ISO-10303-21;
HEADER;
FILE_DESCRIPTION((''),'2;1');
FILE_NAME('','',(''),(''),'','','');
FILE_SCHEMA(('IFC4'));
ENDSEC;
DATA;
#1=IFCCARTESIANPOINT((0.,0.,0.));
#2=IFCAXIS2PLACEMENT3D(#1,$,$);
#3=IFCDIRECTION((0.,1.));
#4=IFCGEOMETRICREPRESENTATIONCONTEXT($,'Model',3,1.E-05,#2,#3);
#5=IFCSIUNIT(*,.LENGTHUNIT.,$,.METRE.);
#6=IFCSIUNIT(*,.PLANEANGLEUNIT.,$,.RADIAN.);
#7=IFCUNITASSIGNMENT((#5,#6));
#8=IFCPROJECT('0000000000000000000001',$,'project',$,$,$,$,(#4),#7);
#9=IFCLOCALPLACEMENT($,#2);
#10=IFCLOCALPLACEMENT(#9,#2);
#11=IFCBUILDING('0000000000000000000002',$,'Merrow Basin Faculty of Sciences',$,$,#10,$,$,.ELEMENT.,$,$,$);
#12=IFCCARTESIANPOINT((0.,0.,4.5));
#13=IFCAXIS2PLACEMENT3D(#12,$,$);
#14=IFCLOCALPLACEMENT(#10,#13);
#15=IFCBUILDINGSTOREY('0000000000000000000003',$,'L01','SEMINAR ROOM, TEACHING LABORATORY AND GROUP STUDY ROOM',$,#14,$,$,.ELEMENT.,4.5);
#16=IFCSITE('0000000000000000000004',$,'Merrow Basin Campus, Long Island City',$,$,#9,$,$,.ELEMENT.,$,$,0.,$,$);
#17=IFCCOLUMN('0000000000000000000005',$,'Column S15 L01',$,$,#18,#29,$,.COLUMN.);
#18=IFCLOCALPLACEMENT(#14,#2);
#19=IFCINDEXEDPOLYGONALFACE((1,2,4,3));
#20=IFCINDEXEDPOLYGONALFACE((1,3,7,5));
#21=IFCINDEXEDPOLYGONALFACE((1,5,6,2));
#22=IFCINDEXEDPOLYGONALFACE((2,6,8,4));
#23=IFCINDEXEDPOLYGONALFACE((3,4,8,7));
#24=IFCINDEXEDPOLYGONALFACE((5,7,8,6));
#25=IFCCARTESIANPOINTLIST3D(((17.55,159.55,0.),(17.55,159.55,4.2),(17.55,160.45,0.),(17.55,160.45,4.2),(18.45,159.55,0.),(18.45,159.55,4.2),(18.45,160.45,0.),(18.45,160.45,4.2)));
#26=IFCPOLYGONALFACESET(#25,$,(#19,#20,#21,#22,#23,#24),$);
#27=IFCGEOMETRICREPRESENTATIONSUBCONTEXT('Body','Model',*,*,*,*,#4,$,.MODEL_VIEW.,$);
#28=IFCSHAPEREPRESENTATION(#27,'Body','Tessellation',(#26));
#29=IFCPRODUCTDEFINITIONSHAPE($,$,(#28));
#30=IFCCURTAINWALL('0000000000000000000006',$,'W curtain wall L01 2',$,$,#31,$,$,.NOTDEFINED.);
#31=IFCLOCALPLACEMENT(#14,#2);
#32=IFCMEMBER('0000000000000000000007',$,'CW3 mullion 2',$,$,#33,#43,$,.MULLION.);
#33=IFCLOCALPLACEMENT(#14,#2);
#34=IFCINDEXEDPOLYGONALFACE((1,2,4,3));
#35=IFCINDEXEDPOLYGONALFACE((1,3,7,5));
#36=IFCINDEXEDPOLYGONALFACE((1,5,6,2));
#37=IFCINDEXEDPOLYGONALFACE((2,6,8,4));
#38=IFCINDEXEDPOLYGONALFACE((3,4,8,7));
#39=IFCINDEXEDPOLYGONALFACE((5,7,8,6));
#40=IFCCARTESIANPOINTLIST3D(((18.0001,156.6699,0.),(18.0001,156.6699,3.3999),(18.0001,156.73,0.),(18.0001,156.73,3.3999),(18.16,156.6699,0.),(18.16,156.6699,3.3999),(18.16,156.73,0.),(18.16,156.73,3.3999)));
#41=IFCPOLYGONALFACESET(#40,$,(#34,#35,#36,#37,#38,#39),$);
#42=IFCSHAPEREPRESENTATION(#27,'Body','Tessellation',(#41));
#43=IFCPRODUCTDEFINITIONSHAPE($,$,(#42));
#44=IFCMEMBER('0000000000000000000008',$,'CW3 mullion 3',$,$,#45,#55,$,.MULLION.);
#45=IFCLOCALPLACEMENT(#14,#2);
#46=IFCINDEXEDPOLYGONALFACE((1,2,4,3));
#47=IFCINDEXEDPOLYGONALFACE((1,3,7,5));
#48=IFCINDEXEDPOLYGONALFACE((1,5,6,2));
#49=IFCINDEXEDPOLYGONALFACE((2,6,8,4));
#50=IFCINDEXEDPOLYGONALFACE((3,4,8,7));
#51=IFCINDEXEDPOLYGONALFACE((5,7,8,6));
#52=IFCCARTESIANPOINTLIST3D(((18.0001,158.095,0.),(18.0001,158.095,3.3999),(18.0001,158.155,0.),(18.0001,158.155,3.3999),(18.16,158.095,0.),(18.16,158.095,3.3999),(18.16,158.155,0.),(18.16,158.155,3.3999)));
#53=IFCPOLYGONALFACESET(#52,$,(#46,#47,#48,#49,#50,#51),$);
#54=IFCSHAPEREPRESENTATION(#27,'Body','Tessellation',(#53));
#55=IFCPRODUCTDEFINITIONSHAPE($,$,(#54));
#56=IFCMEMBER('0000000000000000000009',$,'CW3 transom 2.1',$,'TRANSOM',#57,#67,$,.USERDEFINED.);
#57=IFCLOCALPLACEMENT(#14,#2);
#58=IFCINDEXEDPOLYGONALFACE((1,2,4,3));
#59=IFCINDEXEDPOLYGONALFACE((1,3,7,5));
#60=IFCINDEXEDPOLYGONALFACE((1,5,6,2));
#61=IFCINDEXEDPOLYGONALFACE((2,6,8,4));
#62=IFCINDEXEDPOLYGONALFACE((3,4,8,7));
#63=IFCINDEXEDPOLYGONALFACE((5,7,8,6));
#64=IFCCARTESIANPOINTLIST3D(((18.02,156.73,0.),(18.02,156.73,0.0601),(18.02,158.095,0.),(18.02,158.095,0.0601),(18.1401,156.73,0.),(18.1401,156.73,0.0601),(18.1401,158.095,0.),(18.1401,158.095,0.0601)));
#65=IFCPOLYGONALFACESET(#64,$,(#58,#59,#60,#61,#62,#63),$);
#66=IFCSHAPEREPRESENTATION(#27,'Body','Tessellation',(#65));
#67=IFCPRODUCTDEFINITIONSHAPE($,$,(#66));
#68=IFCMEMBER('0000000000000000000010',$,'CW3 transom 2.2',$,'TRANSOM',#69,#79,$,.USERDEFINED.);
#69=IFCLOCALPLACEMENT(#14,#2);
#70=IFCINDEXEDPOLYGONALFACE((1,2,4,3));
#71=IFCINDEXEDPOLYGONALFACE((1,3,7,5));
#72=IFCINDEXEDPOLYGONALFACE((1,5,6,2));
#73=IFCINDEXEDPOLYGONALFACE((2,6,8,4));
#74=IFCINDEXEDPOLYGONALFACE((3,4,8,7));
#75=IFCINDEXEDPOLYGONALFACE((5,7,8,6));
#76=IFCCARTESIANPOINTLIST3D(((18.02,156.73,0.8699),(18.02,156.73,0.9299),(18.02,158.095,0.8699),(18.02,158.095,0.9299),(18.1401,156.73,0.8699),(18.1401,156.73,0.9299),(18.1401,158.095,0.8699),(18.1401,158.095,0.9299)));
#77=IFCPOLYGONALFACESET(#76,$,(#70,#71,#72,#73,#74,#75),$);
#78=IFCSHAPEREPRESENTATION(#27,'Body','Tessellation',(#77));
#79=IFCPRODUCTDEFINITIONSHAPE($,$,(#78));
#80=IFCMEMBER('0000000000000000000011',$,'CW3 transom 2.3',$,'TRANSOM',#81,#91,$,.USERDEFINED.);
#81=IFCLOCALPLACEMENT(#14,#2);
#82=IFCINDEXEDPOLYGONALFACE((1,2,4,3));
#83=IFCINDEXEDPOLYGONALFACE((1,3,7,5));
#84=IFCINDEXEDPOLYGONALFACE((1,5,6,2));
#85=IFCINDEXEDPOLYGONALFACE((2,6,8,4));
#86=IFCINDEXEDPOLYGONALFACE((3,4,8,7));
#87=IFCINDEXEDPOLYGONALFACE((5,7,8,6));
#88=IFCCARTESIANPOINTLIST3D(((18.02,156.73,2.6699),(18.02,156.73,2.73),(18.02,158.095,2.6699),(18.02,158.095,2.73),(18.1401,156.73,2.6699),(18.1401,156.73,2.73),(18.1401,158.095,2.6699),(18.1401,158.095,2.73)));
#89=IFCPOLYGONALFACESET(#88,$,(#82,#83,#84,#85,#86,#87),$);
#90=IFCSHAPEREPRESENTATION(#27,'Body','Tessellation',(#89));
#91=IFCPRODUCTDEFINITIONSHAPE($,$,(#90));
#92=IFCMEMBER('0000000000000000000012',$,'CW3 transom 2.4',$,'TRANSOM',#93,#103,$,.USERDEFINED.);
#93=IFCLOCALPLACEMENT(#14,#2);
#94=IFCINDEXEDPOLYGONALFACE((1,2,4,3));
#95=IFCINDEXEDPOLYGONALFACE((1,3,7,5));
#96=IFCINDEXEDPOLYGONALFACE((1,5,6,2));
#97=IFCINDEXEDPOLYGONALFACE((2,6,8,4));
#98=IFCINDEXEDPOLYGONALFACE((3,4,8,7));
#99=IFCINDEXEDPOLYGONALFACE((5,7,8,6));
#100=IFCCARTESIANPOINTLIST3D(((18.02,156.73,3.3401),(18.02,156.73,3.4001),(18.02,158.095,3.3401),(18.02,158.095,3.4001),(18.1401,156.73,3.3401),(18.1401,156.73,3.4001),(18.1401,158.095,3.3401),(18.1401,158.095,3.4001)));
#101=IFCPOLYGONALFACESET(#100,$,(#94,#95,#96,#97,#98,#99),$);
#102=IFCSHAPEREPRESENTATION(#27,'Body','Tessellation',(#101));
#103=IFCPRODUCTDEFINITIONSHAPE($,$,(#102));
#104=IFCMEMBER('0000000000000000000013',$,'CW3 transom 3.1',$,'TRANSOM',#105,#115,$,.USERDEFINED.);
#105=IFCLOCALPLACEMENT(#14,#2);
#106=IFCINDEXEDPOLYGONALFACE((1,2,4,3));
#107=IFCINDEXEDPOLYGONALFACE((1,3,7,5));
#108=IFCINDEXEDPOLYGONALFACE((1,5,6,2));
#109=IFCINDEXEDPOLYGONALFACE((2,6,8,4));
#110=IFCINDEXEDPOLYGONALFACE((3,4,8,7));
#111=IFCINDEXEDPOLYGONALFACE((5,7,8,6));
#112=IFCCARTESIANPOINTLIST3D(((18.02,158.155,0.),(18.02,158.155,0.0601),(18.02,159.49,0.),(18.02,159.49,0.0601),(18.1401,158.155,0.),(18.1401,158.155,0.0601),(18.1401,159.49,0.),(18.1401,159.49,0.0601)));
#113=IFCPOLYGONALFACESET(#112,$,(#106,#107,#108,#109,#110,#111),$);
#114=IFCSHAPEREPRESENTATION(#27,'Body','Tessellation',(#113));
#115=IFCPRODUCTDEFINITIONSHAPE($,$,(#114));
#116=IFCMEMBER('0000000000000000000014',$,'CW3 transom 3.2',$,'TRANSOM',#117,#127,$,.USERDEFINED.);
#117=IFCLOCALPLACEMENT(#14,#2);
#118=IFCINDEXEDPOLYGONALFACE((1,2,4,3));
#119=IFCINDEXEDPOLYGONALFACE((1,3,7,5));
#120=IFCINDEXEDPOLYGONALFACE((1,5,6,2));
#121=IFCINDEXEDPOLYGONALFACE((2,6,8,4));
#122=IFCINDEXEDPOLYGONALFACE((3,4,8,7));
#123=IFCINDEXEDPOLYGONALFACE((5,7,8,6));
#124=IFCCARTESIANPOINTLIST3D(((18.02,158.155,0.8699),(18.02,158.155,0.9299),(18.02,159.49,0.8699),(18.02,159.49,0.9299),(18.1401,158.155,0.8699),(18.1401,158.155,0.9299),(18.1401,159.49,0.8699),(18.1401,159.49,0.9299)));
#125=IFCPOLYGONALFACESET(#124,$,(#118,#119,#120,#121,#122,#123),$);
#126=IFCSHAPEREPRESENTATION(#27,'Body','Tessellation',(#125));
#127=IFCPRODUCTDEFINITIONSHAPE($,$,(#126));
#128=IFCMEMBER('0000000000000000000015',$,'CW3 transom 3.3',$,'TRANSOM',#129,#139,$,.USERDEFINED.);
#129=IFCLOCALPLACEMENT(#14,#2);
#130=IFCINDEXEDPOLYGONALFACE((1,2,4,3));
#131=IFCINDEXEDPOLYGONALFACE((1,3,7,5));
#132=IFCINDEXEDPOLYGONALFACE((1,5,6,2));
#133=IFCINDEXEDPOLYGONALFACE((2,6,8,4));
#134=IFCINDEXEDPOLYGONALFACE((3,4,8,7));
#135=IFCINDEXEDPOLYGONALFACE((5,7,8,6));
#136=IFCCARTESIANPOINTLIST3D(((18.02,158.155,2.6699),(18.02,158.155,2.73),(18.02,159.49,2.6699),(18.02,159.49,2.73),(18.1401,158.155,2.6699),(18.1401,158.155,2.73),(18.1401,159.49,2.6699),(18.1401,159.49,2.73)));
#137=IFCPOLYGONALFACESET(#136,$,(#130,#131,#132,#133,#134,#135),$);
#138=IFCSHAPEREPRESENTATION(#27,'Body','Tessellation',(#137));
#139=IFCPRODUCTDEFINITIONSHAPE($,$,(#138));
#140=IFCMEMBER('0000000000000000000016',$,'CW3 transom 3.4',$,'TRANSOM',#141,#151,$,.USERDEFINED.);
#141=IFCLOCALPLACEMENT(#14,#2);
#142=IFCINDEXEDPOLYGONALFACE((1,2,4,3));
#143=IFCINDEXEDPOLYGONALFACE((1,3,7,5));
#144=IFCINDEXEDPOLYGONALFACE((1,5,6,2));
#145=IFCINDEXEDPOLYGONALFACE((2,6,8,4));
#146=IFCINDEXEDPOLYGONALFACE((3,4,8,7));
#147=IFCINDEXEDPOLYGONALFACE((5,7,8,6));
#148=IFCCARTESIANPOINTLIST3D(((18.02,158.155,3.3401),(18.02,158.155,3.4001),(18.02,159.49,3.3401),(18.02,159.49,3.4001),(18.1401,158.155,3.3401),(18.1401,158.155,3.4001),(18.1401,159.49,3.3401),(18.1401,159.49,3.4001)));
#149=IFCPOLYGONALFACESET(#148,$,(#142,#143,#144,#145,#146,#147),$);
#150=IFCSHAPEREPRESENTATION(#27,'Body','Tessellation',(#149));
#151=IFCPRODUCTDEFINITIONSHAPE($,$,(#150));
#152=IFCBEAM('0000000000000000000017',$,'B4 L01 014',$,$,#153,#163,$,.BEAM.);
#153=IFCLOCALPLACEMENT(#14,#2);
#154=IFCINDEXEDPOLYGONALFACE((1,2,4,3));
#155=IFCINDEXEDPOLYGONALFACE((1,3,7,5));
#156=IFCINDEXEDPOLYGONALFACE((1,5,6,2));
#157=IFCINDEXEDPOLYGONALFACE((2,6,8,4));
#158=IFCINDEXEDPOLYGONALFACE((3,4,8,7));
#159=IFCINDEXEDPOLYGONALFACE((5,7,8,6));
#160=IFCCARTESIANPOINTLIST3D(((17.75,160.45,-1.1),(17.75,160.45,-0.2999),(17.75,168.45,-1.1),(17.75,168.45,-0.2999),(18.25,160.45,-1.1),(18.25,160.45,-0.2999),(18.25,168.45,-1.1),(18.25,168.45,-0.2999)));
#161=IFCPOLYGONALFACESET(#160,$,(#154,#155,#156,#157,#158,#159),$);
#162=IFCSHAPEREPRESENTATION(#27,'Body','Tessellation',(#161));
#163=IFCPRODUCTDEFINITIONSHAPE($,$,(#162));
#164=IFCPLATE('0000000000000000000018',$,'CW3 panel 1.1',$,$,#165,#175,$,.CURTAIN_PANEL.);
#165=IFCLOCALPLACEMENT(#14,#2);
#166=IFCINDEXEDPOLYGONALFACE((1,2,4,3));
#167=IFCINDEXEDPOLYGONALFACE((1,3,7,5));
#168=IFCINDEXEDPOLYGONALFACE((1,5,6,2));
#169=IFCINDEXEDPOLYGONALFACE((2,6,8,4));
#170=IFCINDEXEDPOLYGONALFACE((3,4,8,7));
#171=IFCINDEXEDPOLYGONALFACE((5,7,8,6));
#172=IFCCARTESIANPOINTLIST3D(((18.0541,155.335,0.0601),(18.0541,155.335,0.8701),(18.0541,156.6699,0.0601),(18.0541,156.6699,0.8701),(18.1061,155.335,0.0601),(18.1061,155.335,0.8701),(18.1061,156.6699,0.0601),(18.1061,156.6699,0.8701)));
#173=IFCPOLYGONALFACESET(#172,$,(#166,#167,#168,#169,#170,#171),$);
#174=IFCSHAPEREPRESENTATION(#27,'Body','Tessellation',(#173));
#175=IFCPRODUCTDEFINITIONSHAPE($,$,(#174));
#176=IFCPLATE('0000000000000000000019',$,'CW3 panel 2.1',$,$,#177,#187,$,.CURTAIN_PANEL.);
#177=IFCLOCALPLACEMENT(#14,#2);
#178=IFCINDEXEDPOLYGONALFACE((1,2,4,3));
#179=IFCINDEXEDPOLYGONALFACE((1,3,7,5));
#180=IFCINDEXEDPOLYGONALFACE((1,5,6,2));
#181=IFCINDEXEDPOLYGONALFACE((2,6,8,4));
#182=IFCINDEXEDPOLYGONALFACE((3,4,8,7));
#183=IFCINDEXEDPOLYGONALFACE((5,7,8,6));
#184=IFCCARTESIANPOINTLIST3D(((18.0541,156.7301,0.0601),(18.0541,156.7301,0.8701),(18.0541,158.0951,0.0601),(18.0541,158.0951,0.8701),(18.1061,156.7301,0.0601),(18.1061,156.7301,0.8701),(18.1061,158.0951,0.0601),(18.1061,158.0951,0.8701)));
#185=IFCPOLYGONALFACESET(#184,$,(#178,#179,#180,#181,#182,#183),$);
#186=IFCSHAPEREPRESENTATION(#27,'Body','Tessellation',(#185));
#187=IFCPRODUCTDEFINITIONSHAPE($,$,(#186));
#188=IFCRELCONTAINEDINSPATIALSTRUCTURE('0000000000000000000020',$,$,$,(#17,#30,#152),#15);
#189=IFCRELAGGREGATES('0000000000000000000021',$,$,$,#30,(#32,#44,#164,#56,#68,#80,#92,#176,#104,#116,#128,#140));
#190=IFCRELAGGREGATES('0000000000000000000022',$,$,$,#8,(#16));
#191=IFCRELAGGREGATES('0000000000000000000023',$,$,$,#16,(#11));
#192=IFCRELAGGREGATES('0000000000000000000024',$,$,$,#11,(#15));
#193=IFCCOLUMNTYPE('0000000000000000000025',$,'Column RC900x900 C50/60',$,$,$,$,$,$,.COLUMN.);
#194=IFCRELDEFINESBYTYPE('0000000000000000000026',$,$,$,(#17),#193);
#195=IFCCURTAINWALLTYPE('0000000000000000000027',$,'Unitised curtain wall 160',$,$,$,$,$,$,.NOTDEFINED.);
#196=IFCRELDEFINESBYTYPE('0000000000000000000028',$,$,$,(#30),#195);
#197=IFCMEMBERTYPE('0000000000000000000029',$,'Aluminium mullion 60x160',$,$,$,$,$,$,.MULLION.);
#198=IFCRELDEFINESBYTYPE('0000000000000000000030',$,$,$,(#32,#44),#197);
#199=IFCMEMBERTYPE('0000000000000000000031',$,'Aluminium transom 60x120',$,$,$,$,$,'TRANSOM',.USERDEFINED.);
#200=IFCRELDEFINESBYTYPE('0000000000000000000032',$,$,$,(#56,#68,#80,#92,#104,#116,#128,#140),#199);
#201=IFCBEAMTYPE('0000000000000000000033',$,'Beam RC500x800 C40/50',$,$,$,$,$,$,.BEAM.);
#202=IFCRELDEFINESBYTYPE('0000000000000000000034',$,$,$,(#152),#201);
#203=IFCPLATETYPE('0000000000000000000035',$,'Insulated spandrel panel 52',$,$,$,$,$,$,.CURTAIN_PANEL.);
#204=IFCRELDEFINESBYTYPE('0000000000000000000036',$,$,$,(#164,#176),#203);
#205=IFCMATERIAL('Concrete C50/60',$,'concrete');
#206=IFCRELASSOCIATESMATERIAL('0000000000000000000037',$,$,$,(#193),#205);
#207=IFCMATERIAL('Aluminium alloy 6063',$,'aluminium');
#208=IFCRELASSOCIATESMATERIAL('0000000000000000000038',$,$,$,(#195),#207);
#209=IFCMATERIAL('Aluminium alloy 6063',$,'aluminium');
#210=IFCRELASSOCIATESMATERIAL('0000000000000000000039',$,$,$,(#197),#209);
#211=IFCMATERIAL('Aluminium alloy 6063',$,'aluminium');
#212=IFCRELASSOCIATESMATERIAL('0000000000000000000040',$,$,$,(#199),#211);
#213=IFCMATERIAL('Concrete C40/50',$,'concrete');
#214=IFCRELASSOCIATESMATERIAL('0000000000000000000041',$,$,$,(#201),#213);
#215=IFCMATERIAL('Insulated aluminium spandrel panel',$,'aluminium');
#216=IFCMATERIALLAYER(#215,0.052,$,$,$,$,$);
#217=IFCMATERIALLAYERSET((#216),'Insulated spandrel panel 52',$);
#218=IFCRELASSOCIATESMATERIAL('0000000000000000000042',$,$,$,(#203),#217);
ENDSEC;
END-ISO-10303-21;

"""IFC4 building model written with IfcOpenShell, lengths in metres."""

from ifc_helpers import new_model, si_unit, direction, frame, origin, origin_2d, place, context, subcontext, project, spatial, rectangle, extrude, material, layer, layer_set, material_profile, profile_set, type_object, element, aggregate, save


model = new_model("IFC4")

# Units and contexts
model_context = context("Model", 3, precision=1e-05, world=origin(), true_north=direction((0.0, 1.0)))
body_context = subcontext(model_context, "Body", "Model", "MODEL_VIEW")
ifc_project = project(units=[si_unit("LENGTHUNIT", "METRE"), si_unit("PLANEANGLEUNIT", "RADIAN")], contexts=[model_context])

# Site, building, storey
site_placement = place(None, origin())
site = spatial("IfcSite", under=ifc_project, at=site_placement, Name="Merrow Basin Campus, Long Island City", CompositionType="ELEMENT", RefElevation=0.0)
building_placement = place(site_placement, origin())
building = spatial("IfcBuilding", under=site, at=building_placement, Name="Merrow Basin Faculty of Sciences", CompositionType="ELEMENT")
storey_placement = place(building_placement, frame((0.0, 0.0, 4.5)))
storey = spatial("IfcBuildingStorey", under=building, at=storey_placement, Name="L01", Description="SEMINAR ROOM, TEACHING LABORATORY AND GROUP STUDY ROOM", CompositionType="ELEMENT", Elevation=4.5)

# Column
ifc_material_1 = material(Name="Concrete C50/60", Category="concrete")
ifc_material_profile_1 = material_profile(ifc_material_1, rectangle(XDim=0.8999, YDim=0.8999, at=origin_2d()))
ifc_profile_set_1 = profile_set([ifc_material_profile_1], Name="Concrete C50/60")
column_type = type_object("IfcColumnType", Name="Column RC900x900 C50/60", PredefinedType="COLUMN", material=ifc_profile_set_1)
column_placement = place(storey_placement, frame((18.0, 160.0, 0.0), z_axis=(0.0, 0.0, 1.0), x_axis=(1.0, 0.0, 0.0)))
element("IfcColumn", 1, at=column_placement, inside=storey, type_object=column_type, Name="Column S15 L01", PredefinedType="COLUMN", context=body_context, shape_type="SweptSolid", body=[
    extrude(rectangle(XDim=0.8999, YDim=0.8999, at=origin_2d()), origin(), (0.0, 0.0, 1.0), 4.2),
])

# Curtain wall, members
ifc_material_2 = material(Name="Aluminium alloy 6063", Category="aluminium")
curtain_wall_type = type_object("IfcCurtainWallType", Name="Unitised curtain wall 160", PredefinedType="NOTDEFINED", material=ifc_material_2)
curtain_wall_placement = place(storey_placement, origin())
curtain_wall = element("IfcCurtainWall", 2, at=curtain_wall_placement, inside=storey, type_object=curtain_wall_type, Name="W curtain wall L01 2", PredefinedType="NOTDEFINED")
ifc_material_3 = material(Name="Aluminium alloy 6063", Category="aluminium")
ifc_material_profile_2 = material_profile(ifc_material_3, rectangle(XDim=0.1599, YDim=0.0601, at=origin_2d()))
ifc_profile_set_2 = profile_set([ifc_material_profile_2], Name="Aluminium alloy 6063")
member_type_1 = type_object("IfcMemberType", Name="Aluminium mullion 60x160", PredefinedType="MULLION", material=ifc_profile_set_2)
member_1_placement = place(storey_placement, frame((18.0801, 156.7, 0.0), z_axis=(0.0, 0.0, 1.0), x_axis=(-1.0, 0.0, 0.0)))
member_1 = element("IfcMember", 3, at=member_1_placement, type_object=member_type_1, Name="CW3 mullion 2", PredefinedType="MULLION", context=body_context, shape_type="SweptSolid", body=[
    extrude(rectangle(XDim=0.1599, YDim=0.0601, at=origin_2d()), origin(), (0.0, 0.0, 1.0), 3.3999),
])
member_2_placement = place(storey_placement, frame((18.0801, 158.125, 0.0), z_axis=(0.0, 0.0, 1.0), x_axis=(-1.0, 0.0, 0.0)))
member_2 = element("IfcMember", 4, at=member_2_placement, type_object=member_type_1, Name="CW3 mullion 3", PredefinedType="MULLION", context=body_context, shape_type="SweptSolid", body=[
    extrude(rectangle(XDim=0.1599, YDim=0.0601, at=origin_2d()), origin(), (0.0, 0.0, 1.0), 3.3999),
])
ifc_material_4 = material(Name="Aluminium alloy 6063", Category="aluminium")
ifc_material_profile_3 = material_profile(ifc_material_4, rectangle(XDim=0.1201, YDim=0.0601, at=origin_2d()))
ifc_profile_set_3 = profile_set([ifc_material_profile_3], Name="Aluminium alloy 6063")
member_type_2 = type_object("IfcMemberType", Name="Aluminium transom 60x120", ElementType="TRANSOM", PredefinedType="USERDEFINED", material=ifc_profile_set_3)
member_3_placement = place(storey_placement, frame((18.0801, 156.73, 0.03), z_axis=(0.0, 1.0, 0.0), x_axis=(-1.0, 0.0, 0.0)))
member_3 = element("IfcMember", 5, at=member_3_placement, type_object=member_type_2, Name="CW3 transom 2.1", ObjectType="TRANSOM", PredefinedType="USERDEFINED", context=body_context, shape_type="SweptSolid", body=[
    extrude(rectangle(XDim=0.1201, YDim=0.0601, at=origin_2d()), origin(), (0.0, 0.0, 1.0), 1.365),
])
member_4_placement = place(storey_placement, frame((18.0801, 156.73, 0.8999), z_axis=(0.0, 1.0, 0.0), x_axis=(-1.0, 0.0, 0.0)))
member_4 = element("IfcMember", 6, at=member_4_placement, type_object=member_type_2, Name="CW3 transom 2.2", ObjectType="TRANSOM", PredefinedType="USERDEFINED", context=body_context, shape_type="SweptSolid", body=[
    extrude(rectangle(XDim=0.1201, YDim=0.0601, at=origin_2d()), origin(), (0.0, 0.0, 1.0), 1.365),
])
member_5_placement = place(storey_placement, frame((18.0801, 156.73, 2.7), z_axis=(0.0, 1.0, 0.0), x_axis=(-1.0, 0.0, 0.0)))
member_5 = element("IfcMember", 7, at=member_5_placement, type_object=member_type_2, Name="CW3 transom 2.3", ObjectType="TRANSOM", PredefinedType="USERDEFINED", context=body_context, shape_type="SweptSolid", body=[
    extrude(rectangle(XDim=0.1201, YDim=0.0601, at=origin_2d()), origin(), (0.0, 0.0, 1.0), 1.365),
])
member_6_placement = place(storey_placement, frame((18.0801, 156.73, 3.3701), z_axis=(0.0, 1.0, 0.0), x_axis=(-1.0, 0.0, 0.0)))
member_6 = element("IfcMember", 8, at=member_6_placement, type_object=member_type_2, Name="CW3 transom 2.4", ObjectType="TRANSOM", PredefinedType="USERDEFINED", context=body_context, shape_type="SweptSolid", body=[
    extrude(rectangle(XDim=0.1201, YDim=0.0601, at=origin_2d()), origin(), (0.0, 0.0, 1.0), 1.365),
])
member_7_placement = place(storey_placement, frame((18.0801, 158.155, 0.03), z_axis=(0.0, 1.0, 0.0), x_axis=(-1.0, 0.0, 0.0)))
member_7 = element("IfcMember", 9, at=member_7_placement, type_object=member_type_2, Name="CW3 transom 3.1", ObjectType="TRANSOM", PredefinedType="USERDEFINED", context=body_context, shape_type="SweptSolid", body=[
    extrude(rectangle(XDim=0.1201, YDim=0.0601, at=origin_2d()), origin(), (0.0, 0.0, 1.0), 1.335),
])
member_8_placement = place(storey_placement, frame((18.0801, 158.155, 0.8999), z_axis=(0.0, 1.0, 0.0), x_axis=(-1.0, 0.0, 0.0)))
member_8 = element("IfcMember", 10, at=member_8_placement, type_object=member_type_2, Name="CW3 transom 3.2", ObjectType="TRANSOM", PredefinedType="USERDEFINED", context=body_context, shape_type="SweptSolid", body=[
    extrude(rectangle(XDim=0.1201, YDim=0.0601, at=origin_2d()), origin(), (0.0, 0.0, 1.0), 1.335),
])
member_9_placement = place(storey_placement, frame((18.0801, 158.155, 2.7), z_axis=(0.0, 1.0, 0.0), x_axis=(-1.0, 0.0, 0.0)))
member_9 = element("IfcMember", 11, at=member_9_placement, type_object=member_type_2, Name="CW3 transom 3.3", ObjectType="TRANSOM", PredefinedType="USERDEFINED", context=body_context, shape_type="SweptSolid", body=[
    extrude(rectangle(XDim=0.1201, YDim=0.0601, at=origin_2d()), origin(), (0.0, 0.0, 1.0), 1.335),
])
member_10_placement = place(storey_placement, frame((18.0801, 158.155, 3.3701), z_axis=(0.0, 1.0, 0.0), x_axis=(-1.0, 0.0, 0.0)))
member_10 = element("IfcMember", 12, at=member_10_placement, type_object=member_type_2, Name="CW3 transom 3.4", ObjectType="TRANSOM", PredefinedType="USERDEFINED", context=body_context, shape_type="SweptSolid", body=[
    extrude(rectangle(XDim=0.1201, YDim=0.0601, at=origin_2d()), origin(), (0.0, 0.0, 1.0), 1.335),
])

# Beam
ifc_material_5 = material(Name="Concrete C40/50", Category="concrete")
ifc_material_profile_4 = material_profile(ifc_material_5, rectangle(XDim=0.5, YDim=0.8, at=origin_2d()))
ifc_profile_set_4 = profile_set([ifc_material_profile_4], Name="Concrete C40/50")
beam_type = type_object("IfcBeamType", Name="Beam RC500x800 C40/50", PredefinedType="BEAM", material=ifc_profile_set_4)
beam_placement = place(storey_placement, frame((18.0, 160.45, -0.7), z_axis=(0.0, 1.0, 0.0), x_axis=(-1.0, 0.0, 0.0)))
element("IfcBeam", 13, at=beam_placement, inside=storey, type_object=beam_type, Name="B4 L01 014", PredefinedType="BEAM", context=body_context, shape_type="SweptSolid", body=[
    extrude(rectangle(XDim=0.5, YDim=0.8, at=origin_2d()), origin(), (0.0, 0.0, 1.0), 8.0),
])

# Plates
ifc_material_6 = material(Name="Insulated aluminium spandrel panel", Category="aluminium")
ifc_layer_1 = layer(ifc_material_6, 0.052)
ifc_layer_set_1 = layer_set([ifc_layer_1], Name="Insulated spandrel panel 52")
plate_type_1 = type_object("IfcPlateType", Name="Insulated spandrel panel 52", PredefinedType="CURTAIN_PANEL", material=ifc_layer_set_1)
plate_1_placement = place(storey_placement, frame((18.0801, 156.0024, 0.0601), z_axis=(0.0, 0.0, 1.0), x_axis=(0.0, 1.0, 0.0)))
plate_1 = element("IfcPlate", 14, at=plate_1_placement, type_object=plate_type_1, Name="CW3 panel 1.1", PredefinedType="CURTAIN_PANEL", context=body_context, shape_type="SweptSolid", body=[
    extrude(rectangle(XDim=1.335, YDim=0.052, at=origin_2d()), origin(), (0.0, 0.0, 1.0), 0.8101),
])
plate_2_placement = place(storey_placement, frame((18.0801, 157.4126, 0.0601), z_axis=(0.0, 0.0, 1.0), x_axis=(0.0, 1.0, 0.0)))
plate_2 = element("IfcPlate", 15, at=plate_2_placement, type_object=plate_type_1, Name="CW3 panel 2.1", PredefinedType="CURTAIN_PANEL", context=body_context, shape_type="SweptSolid", body=[
    extrude(rectangle(XDim=1.365, YDim=0.052, at=origin_2d()), origin(), (0.0, 0.0, 1.0), 0.8101),
])
aggregate(curtain_wall, [member_1, member_2, plate_1, member_3, member_4, member_5, member_6, plate_2, member_7, member_8, member_9, member_10])

save(model, "model.ifc")
